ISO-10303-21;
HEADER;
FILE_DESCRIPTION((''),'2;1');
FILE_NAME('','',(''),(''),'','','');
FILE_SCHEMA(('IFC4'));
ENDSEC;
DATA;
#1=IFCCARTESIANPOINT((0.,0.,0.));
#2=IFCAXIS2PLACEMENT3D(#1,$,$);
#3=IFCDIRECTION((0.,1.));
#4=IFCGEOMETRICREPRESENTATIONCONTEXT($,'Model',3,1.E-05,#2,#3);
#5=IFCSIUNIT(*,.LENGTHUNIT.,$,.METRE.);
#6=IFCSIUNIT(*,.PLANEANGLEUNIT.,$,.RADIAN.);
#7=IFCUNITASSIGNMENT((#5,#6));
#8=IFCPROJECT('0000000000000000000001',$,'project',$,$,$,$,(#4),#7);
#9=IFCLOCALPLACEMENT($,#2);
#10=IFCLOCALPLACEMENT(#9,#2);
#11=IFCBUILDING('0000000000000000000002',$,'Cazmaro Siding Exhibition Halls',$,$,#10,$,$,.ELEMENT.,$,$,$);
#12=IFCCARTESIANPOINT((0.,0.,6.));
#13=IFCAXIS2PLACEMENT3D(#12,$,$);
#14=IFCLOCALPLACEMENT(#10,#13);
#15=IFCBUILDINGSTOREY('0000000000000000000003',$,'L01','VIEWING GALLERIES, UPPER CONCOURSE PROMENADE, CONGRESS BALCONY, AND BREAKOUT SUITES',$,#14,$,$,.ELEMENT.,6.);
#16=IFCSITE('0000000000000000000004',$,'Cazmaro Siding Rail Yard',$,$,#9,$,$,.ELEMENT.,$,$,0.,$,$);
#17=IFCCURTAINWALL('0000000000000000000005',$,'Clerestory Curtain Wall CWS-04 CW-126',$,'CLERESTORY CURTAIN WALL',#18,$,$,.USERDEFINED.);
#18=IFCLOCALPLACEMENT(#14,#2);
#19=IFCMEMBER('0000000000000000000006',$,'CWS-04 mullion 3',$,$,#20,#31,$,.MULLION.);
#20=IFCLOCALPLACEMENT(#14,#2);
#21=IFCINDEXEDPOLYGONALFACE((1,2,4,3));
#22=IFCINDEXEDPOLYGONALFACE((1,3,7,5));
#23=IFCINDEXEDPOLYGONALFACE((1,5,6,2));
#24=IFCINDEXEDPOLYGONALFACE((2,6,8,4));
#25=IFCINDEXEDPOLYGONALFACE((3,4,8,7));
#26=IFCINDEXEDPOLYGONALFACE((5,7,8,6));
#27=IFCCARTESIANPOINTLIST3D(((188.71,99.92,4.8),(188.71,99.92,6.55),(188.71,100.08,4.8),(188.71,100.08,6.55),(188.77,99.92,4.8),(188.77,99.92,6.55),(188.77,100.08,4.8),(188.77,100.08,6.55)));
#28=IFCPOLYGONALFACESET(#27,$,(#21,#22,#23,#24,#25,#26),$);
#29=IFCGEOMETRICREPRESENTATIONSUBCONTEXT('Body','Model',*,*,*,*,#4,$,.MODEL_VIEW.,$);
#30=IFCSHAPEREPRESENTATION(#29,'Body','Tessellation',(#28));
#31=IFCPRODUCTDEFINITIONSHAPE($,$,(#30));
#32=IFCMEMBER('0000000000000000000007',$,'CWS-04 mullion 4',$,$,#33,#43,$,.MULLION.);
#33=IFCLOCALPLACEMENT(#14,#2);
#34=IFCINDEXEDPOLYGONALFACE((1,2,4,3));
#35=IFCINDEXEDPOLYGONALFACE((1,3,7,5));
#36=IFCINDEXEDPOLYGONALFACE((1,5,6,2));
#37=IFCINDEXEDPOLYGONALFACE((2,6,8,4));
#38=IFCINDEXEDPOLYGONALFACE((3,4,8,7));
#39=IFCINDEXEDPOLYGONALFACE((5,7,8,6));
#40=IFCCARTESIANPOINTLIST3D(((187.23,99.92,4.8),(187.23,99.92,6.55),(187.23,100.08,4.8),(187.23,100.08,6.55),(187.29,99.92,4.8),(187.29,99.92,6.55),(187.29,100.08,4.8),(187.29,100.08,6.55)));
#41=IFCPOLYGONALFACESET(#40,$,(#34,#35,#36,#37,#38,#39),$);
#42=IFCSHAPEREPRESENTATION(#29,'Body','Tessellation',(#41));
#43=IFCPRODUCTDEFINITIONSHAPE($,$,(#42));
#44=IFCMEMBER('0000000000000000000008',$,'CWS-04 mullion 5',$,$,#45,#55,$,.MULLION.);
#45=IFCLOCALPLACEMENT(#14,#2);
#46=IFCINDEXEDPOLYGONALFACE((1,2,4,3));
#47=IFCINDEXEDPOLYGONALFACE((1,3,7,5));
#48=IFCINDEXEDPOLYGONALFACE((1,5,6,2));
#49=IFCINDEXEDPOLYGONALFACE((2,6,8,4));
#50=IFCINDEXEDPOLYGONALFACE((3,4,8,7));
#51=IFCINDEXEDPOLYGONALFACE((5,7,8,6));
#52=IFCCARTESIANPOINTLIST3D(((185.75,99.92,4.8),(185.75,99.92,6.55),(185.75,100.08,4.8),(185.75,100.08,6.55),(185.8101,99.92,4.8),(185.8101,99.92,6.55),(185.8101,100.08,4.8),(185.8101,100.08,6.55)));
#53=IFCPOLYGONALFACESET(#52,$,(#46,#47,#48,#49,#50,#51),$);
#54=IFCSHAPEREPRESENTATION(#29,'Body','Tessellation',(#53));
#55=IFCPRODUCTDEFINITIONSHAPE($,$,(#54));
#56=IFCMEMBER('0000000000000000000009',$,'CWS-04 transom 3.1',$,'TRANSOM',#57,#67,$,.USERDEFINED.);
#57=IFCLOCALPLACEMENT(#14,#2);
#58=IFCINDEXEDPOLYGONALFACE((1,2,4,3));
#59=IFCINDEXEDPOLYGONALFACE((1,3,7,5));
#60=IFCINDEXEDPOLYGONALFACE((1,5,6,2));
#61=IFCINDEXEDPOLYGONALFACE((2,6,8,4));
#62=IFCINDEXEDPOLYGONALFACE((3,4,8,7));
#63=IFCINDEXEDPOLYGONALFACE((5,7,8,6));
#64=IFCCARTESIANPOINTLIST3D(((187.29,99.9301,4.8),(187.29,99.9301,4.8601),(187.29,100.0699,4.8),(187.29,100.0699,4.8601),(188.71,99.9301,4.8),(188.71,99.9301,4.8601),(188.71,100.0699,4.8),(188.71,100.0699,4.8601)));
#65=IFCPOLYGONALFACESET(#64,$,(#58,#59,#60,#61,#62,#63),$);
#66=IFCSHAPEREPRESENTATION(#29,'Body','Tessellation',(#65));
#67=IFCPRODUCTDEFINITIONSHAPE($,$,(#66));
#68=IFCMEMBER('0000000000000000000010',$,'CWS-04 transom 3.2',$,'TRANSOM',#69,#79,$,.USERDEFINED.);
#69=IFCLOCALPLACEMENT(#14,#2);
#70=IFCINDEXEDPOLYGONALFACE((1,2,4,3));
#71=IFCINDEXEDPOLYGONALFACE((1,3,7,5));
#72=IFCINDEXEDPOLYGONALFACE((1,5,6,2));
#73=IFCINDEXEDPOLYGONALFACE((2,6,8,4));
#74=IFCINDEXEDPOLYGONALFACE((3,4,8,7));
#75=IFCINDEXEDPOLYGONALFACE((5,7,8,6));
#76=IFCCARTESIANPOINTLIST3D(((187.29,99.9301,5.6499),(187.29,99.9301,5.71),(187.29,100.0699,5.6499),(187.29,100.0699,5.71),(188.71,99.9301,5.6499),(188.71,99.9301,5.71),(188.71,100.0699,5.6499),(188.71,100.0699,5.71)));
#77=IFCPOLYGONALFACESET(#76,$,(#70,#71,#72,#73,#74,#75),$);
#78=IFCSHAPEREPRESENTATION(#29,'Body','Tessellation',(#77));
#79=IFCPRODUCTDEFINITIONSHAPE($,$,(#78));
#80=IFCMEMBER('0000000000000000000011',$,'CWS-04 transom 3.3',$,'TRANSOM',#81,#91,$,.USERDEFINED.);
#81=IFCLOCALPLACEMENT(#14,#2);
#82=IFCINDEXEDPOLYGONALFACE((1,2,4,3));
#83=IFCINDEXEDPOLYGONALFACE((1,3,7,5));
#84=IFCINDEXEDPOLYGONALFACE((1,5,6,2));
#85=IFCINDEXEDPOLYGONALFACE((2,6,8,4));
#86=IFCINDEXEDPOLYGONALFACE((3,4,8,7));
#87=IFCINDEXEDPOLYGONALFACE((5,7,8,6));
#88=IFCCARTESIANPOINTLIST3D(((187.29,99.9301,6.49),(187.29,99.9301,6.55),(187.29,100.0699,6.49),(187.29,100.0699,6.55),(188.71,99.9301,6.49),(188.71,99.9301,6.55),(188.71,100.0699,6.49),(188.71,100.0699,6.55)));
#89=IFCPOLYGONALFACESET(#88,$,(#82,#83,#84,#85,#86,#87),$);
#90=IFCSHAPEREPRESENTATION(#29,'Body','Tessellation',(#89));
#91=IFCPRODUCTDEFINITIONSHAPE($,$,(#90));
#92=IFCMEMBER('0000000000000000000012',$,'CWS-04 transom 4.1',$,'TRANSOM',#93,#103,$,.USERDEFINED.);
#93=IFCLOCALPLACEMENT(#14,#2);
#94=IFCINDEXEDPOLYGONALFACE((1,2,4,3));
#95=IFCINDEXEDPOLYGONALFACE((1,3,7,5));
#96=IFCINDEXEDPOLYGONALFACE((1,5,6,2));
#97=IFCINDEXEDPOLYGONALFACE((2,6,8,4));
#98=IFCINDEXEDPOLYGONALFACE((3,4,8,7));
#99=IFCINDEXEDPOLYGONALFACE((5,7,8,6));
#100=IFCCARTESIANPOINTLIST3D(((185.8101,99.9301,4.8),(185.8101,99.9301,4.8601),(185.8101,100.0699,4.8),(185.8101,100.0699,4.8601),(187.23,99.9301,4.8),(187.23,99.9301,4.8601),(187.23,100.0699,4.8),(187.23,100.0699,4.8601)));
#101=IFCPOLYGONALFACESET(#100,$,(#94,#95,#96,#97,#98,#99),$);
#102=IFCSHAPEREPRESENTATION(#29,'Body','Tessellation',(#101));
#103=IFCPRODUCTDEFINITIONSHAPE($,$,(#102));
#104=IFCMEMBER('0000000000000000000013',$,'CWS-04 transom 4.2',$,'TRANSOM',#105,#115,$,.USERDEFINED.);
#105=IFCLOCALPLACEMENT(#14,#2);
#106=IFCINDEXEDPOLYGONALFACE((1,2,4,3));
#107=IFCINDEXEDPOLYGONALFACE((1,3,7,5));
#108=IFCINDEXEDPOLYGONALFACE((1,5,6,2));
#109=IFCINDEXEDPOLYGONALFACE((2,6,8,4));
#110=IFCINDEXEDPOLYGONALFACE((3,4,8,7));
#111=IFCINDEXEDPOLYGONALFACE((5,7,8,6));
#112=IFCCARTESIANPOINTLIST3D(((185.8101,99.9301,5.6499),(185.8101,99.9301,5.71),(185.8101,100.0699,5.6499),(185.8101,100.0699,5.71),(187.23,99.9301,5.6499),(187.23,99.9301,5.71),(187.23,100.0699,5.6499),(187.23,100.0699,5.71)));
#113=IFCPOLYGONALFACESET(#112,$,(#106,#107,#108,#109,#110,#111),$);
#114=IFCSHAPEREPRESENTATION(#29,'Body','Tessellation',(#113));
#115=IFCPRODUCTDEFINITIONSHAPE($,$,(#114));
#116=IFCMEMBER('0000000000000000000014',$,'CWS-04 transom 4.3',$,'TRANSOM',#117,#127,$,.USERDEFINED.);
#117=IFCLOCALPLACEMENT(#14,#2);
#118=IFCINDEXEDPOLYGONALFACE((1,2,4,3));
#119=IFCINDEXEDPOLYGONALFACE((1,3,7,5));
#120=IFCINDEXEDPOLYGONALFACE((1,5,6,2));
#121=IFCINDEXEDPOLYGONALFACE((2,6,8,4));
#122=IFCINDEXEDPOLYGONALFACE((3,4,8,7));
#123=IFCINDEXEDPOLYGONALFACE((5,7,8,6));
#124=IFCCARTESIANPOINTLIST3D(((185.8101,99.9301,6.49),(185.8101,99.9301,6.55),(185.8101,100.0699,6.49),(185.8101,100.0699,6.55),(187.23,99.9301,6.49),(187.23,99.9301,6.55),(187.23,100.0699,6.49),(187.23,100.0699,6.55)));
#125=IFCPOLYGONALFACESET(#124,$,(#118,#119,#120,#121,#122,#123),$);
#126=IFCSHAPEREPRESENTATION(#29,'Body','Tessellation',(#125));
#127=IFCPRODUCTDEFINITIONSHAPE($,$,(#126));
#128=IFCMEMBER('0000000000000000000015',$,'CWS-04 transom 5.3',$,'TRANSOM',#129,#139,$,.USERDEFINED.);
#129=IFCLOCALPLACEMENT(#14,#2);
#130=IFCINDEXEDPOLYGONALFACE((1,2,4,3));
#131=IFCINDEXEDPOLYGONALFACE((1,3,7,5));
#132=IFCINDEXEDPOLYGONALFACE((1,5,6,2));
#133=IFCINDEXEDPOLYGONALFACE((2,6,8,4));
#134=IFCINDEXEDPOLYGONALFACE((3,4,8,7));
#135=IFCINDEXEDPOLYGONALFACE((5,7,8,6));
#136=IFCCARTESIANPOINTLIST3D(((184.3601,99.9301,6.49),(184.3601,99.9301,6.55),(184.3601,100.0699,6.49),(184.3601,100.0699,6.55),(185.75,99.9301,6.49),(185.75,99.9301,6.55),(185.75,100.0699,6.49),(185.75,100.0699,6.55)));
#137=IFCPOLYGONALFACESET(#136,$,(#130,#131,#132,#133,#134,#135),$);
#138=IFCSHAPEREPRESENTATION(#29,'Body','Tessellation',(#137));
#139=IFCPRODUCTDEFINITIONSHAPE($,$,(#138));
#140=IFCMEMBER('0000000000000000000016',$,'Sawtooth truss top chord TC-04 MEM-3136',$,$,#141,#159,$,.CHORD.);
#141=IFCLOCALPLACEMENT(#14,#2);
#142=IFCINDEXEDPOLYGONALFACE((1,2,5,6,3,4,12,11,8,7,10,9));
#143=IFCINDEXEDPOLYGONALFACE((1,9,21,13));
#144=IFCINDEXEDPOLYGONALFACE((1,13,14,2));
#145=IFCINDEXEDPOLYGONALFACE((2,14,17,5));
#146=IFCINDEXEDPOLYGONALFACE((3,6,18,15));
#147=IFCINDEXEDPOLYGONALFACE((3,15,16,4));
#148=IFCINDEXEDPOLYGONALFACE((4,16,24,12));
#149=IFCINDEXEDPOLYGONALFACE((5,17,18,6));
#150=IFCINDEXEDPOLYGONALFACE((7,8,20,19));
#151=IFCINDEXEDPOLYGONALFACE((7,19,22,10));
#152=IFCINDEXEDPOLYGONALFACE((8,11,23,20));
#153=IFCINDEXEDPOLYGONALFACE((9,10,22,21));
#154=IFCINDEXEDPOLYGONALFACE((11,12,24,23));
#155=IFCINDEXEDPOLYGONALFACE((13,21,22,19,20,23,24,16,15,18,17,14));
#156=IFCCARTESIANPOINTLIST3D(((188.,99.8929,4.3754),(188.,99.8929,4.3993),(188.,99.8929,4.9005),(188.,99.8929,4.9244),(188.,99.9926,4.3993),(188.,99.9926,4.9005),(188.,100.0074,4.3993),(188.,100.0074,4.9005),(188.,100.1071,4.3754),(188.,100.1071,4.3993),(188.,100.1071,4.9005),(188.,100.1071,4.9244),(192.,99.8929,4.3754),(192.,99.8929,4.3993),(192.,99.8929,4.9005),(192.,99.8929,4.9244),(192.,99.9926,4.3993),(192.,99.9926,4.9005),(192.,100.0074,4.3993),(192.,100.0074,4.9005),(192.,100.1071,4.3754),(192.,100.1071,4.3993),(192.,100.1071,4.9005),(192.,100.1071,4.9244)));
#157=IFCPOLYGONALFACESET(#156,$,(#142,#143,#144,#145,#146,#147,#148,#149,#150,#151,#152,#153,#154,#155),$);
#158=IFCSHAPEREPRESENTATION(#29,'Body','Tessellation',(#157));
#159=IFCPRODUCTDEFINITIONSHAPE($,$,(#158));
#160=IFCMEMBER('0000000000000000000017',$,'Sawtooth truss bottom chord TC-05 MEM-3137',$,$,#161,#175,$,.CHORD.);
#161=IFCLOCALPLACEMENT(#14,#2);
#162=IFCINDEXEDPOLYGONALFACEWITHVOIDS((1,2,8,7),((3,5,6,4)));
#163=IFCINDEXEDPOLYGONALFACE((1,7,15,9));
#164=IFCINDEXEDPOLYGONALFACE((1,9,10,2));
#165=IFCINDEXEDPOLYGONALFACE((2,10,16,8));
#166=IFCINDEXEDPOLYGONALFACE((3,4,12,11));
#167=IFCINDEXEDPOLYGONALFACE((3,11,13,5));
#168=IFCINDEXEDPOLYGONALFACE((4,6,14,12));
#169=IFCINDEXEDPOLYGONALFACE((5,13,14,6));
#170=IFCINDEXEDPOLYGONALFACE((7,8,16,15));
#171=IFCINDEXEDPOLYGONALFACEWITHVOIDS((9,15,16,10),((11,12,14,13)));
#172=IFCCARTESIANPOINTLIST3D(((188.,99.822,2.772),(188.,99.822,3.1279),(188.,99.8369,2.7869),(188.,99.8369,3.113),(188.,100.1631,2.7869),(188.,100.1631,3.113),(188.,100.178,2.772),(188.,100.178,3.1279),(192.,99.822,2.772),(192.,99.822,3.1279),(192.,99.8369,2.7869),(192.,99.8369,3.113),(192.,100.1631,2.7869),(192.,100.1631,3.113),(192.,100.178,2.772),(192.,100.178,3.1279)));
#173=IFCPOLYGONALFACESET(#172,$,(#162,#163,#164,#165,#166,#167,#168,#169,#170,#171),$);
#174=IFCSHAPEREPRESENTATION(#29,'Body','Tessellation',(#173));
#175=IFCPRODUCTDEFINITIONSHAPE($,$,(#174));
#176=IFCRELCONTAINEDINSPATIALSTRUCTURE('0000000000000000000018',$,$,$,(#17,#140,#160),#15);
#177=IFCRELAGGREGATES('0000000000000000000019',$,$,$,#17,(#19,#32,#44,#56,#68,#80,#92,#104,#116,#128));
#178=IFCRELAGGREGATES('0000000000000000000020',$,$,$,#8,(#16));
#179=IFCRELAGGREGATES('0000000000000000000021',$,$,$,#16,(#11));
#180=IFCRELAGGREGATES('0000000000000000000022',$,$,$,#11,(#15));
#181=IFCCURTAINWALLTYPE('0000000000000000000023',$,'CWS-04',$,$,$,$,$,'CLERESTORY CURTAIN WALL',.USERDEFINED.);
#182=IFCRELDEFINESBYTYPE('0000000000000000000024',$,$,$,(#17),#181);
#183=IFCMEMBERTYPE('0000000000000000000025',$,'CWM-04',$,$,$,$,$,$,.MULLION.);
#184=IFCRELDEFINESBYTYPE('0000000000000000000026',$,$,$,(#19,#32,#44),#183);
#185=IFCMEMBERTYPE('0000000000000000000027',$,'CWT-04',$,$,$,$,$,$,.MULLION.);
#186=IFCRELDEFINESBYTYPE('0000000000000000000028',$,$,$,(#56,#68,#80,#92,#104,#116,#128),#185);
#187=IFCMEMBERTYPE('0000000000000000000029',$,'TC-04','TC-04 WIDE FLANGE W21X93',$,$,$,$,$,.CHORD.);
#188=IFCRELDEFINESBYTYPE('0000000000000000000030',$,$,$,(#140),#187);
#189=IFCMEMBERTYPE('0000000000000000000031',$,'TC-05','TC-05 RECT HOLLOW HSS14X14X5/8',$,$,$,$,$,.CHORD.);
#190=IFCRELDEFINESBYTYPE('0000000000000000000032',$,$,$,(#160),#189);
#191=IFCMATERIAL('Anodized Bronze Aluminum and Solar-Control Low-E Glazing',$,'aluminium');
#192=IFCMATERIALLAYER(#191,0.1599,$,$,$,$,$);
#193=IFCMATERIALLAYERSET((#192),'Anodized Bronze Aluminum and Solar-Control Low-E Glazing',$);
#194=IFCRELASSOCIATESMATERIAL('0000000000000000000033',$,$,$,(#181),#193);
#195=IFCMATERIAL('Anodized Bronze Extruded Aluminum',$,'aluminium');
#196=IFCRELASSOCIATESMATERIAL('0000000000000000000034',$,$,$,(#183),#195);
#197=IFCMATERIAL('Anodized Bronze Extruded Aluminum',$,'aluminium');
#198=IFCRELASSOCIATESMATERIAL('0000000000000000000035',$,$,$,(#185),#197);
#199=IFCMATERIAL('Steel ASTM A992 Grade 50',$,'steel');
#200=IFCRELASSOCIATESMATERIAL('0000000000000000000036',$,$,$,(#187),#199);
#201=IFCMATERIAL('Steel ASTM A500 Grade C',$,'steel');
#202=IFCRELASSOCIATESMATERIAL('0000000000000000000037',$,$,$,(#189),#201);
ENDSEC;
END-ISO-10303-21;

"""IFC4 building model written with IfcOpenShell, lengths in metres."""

from ifc_helpers import new_model, si_unit, direction, frame, origin, origin_2d, place, context, subcontext, project, spatial, rectangle, hollow_rectangle, i_section, extrude, material, layer, layer_set, material_profile, profile_set, type_object, element, aggregate, save


model = new_model("IFC4")

# Units and contexts
model_context = context("Model", 3, precision=1e-05, world=origin(), true_north=direction((0.0, 1.0)))
body_context = subcontext(model_context, "Body", "Model", "MODEL_VIEW")
ifc_project = project(units=[si_unit("LENGTHUNIT", "METRE"), si_unit("PLANEANGLEUNIT", "RADIAN")], contexts=[model_context])

# Site, building, storey
site_placement = place(None, origin())
site = spatial("IfcSite", under=ifc_project, at=site_placement, Name="Cazmaro Siding Rail Yard", CompositionType="ELEMENT", RefElevation=0.0)
building_placement = place(site_placement, origin())
building = spatial("IfcBuilding", under=site, at=building_placement, Name="Cazmaro Siding Exhibition Halls", CompositionType="ELEMENT")
storey_placement = place(building_placement, frame((0.0, 0.0, 6.0)))
storey = spatial("IfcBuildingStorey", under=building, at=storey_placement, Name="L01", Description="VIEWING GALLERIES, UPPER CONCOURSE PROMENADE, CONGRESS BALCONY, AND BREAKOUT SUITES", CompositionType="ELEMENT", Elevation=6.0)

# Curtain wall, members
ifc_material_1 = material(Name="Anodized Bronze Aluminum and Solar-Control Low-E Glazing", Category="aluminium")
ifc_layer_1 = layer(ifc_material_1, 0.1599)
ifc_layer_set_1 = layer_set([ifc_layer_1], Name="Anodized Bronze Aluminum and Solar-Control Low-E Glazing")
curtain_wall_type = type_object("IfcCurtainWallType", Name="CWS-04", ElementType="CLERESTORY CURTAIN WALL", PredefinedType="USERDEFINED", material=ifc_layer_set_1)
curtain_wall_placement = place(storey_placement, origin())
curtain_wall = element("IfcCurtainWall", 1, at=curtain_wall_placement, inside=storey, type_object=curtain_wall_type, Name="Clerestory Curtain Wall CWS-04 CW-126", ObjectType="CLERESTORY CURTAIN WALL", PredefinedType="USERDEFINED")
ifc_material_2 = material(Name="Anodized Bronze Extruded Aluminum", Category="aluminium")
ifc_material_profile_1 = material_profile(ifc_material_2, rectangle(XDim=0.1599, YDim=0.0601, at=origin_2d()), Name="CWM-04")
ifc_profile_set_1 = profile_set([ifc_material_profile_1], Name="Anodized Bronze Extruded Aluminum")
member_type_1 = type_object("IfcMemberType", Name="CWM-04", PredefinedType="MULLION", material=ifc_profile_set_1)
member_1_placement = place(storey_placement, frame((188.74, 100.0, 4.8), z_axis=(0.0, 0.0, 1.0), x_axis=(0.0, -1.0, 0.0)))
member_1 = element("IfcMember", 2, at=member_1_placement, type_object=member_type_1, Name="CWS-04 mullion 3", PredefinedType="MULLION", context=body_context, shape_type="SweptSolid", body=[
    extrude(rectangle(XDim=0.1599, YDim=0.0601, at=origin_2d()), origin(), (0.0, 0.0, 1.0), 1.75),
])
member_2_placement = place(storey_placement, frame((187.26, 100.0, 4.8), z_axis=(0.0, 0.0, 1.0), x_axis=(0.0, -1.0, 0.0)))
member_2 = element("IfcMember", 3, at=member_2_placement, type_object=member_type_1, Name="CWS-04 mullion 4", PredefinedType="MULLION", context=body_context, shape_type="SweptSolid", body=[
    extrude(rectangle(XDim=0.1599, YDim=0.0601, at=origin_2d()), origin(), (0.0, 0.0, 1.0), 1.75),
])
member_3_placement = place(storey_placement, frame((185.78, 100.0, 4.8), z_axis=(0.0, 0.0, 1.0), x_axis=(0.0, -1.0, 0.0)))
member_3 = element("IfcMember", 4, at=member_3_placement, type_object=member_type_1, Name="CWS-04 mullion 5", PredefinedType="MULLION", context=body_context, shape_type="SweptSolid", body=[
    extrude(rectangle(XDim=0.1599, YDim=0.0601, at=origin_2d()), origin(), (0.0, 0.0, 1.0), 1.75),
])
ifc_material_3 = material(Name="Anodized Bronze Extruded Aluminum", Category="aluminium")
ifc_material_profile_2 = material_profile(ifc_material_3, rectangle(XDim=0.1399, YDim=0.0601, at=origin_2d()), Name="CWT-04")
ifc_profile_set_2 = profile_set([ifc_material_profile_2], Name="Anodized Bronze Extruded Aluminum")
member_type_2 = type_object("IfcMemberType", Name="CWT-04", PredefinedType="MULLION", material=ifc_profile_set_2)
member_4_placement = place(storey_placement, frame((188.71, 100.0, 4.8301), z_axis=(-1.0, 0.0, 0.0), x_axis=(0.0, -1.0, 0.0)))
member_4 = element("IfcMember", 5, at=member_4_placement, type_object=member_type_2, Name="CWS-04 transom 3.1", ObjectType="TRANSOM", PredefinedType="USERDEFINED", context=body_context, shape_type="SweptSolid", body=[
    extrude(rectangle(XDim=0.1399, YDim=0.0601, at=origin_2d()), origin(), (0.0, 0.0, 1.0), 1.4199),
])
member_5_placement = place(storey_placement, frame((188.71, 100.0, 5.6799), z_axis=(-1.0, 0.0, 0.0), x_axis=(0.0, -1.0, 0.0)))
member_5 = element("IfcMember", 6, at=member_5_placement, type_object=member_type_2, Name="CWS-04 transom 3.2", ObjectType="TRANSOM", PredefinedType="USERDEFINED", context=body_context, shape_type="SweptSolid", body=[
    extrude(rectangle(XDim=0.1399, YDim=0.0601, at=origin_2d()), origin(), (0.0, 0.0, 1.0), 1.4199),
])
member_6_placement = place(storey_placement, frame((188.71, 100.0, 6.52), z_axis=(-1.0, 0.0, 0.0), x_axis=(0.0, -1.0, 0.0)))
member_6 = element("IfcMember", 7, at=member_6_placement, type_object=member_type_2, Name="CWS-04 transom 3.3", ObjectType="TRANSOM", PredefinedType="USERDEFINED", context=body_context, shape_type="SweptSolid", body=[
    extrude(rectangle(XDim=0.1399, YDim=0.0601, at=origin_2d()), origin(), (0.0, 0.0, 1.0), 1.4199),
])
member_7_placement = place(storey_placement, frame((187.23, 100.0, 4.8301), z_axis=(-1.0, 0.0, 0.0), x_axis=(0.0, -1.0, 0.0)))
member_7 = element("IfcMember", 8, at=member_7_placement, type_object=member_type_2, Name="CWS-04 transom 4.1", ObjectType="TRANSOM", PredefinedType="USERDEFINED", context=body_context, shape_type="SweptSolid", body=[
    extrude(rectangle(XDim=0.1399, YDim=0.0601, at=origin_2d()), origin(), (0.0, 0.0, 1.0), 1.4199),
])
member_8_placement = place(storey_placement, frame((187.23, 100.0, 5.6799), z_axis=(-1.0, 0.0, 0.0), x_axis=(0.0, -1.0, 0.0)))
member_8 = element("IfcMember", 9, at=member_8_placement, type_object=member_type_2, Name="CWS-04 transom 4.2", ObjectType="TRANSOM", PredefinedType="USERDEFINED", context=body_context, shape_type="SweptSolid", body=[
    extrude(rectangle(XDim=0.1399, YDim=0.0601, at=origin_2d()), origin(), (0.0, 0.0, 1.0), 1.4199),
])
member_9_placement = place(storey_placement, frame((187.23, 100.0, 6.52), z_axis=(-1.0, 0.0, 0.0), x_axis=(0.0, -1.0, 0.0)))
member_9 = element("IfcMember", 10, at=member_9_placement, type_object=member_type_2, Name="CWS-04 transom 4.3", ObjectType="TRANSOM", PredefinedType="USERDEFINED", context=body_context, shape_type="SweptSolid", body=[
    extrude(rectangle(XDim=0.1399, YDim=0.0601, at=origin_2d()), origin(), (0.0, 0.0, 1.0), 1.4199),
])
member_10_placement = place(storey_placement, frame((185.75, 100.0, 6.52), z_axis=(-1.0, 0.0, 0.0), x_axis=(0.0, -1.0, 0.0)))
member_10 = element("IfcMember", 11, at=member_10_placement, type_object=member_type_2, Name="CWS-04 transom 5.3", ObjectType="TRANSOM", PredefinedType="USERDEFINED", context=body_context, shape_type="SweptSolid", body=[
    extrude(rectangle(XDim=0.1399, YDim=0.0601, at=origin_2d()), origin(), (0.0, 0.0, 1.0), 1.3899),
])

# Members
ifc_material_4 = material(Name="Steel ASTM A992 Grade 50", Category="steel")
ifc_material_profile_3 = material_profile(ifc_material_4, i_section(OverallWidth=0.2141, OverallDepth=0.5491, WebThickness=0.0149, FlangeThickness=0.0239, at=origin_2d()), Name="W21X93")
ifc_profile_set_3 = profile_set([ifc_material_profile_3], Name="Steel ASTM A992 Grade 50")
member_type_3 = type_object("IfcMemberType", Name="TC-04", Description="TC-04 WIDE FLANGE W21X93", PredefinedType="CHORD", material=ifc_profile_set_3)
member_11_placement = place(storey_placement, frame((188.0, 100.0, 4.6499), z_axis=(1.0, 0.0, 0.0), x_axis=(0.0, 1.0, 0.0)))
element("IfcMember", 12, at=member_11_placement, inside=storey, type_object=member_type_3, Name="Sawtooth truss top chord TC-04 MEM-3136", PredefinedType="CHORD", context=body_context, shape_type="SweptSolid", body=[
    extrude(i_section(OverallWidth=0.2141, OverallDepth=0.5491, WebThickness=0.0149, FlangeThickness=0.0239, at=origin_2d()), origin(), (0.0, 0.0, 1.0), 4.0),
])
ifc_material_5 = material(Name="Steel ASTM A500 Grade C", Category="steel")
ifc_material_profile_4 = material_profile(ifc_material_5, hollow_rectangle(XDim=0.356, YDim=0.356, WallThickness=0.0149, at=origin_2d()), Name="HSS14X14X5/8")
ifc_profile_set_4 = profile_set([ifc_material_profile_4], Name="Steel ASTM A500 Grade C")
member_type_4 = type_object("IfcMemberType", Name="TC-05", Description="TC-05 RECT HOLLOW HSS14X14X5/8", PredefinedType="CHORD", material=ifc_profile_set_4)
member_12_placement = place(storey_placement, frame((188.0, 100.0, 2.95), z_axis=(1.0, 0.0, 0.0), x_axis=(0.0, 1.0, 0.0)))
element("IfcMember", 13, at=member_12_placement, inside=storey, type_object=member_type_4, Name="Sawtooth truss bottom chord TC-05 MEM-3137", PredefinedType="CHORD", context=body_context, shape_type="SweptSolid", body=[
    extrude(hollow_rectangle(XDim=0.356, YDim=0.356, WallThickness=0.0149, at=origin_2d()), origin(), (0.0, 0.0, 1.0), 4.0),
])

aggregate(curtain_wall, [member_1, member_2, member_3, member_4, member_5, member_6, member_7, member_8, member_9, member_10])

save(model, "model.ifc")
